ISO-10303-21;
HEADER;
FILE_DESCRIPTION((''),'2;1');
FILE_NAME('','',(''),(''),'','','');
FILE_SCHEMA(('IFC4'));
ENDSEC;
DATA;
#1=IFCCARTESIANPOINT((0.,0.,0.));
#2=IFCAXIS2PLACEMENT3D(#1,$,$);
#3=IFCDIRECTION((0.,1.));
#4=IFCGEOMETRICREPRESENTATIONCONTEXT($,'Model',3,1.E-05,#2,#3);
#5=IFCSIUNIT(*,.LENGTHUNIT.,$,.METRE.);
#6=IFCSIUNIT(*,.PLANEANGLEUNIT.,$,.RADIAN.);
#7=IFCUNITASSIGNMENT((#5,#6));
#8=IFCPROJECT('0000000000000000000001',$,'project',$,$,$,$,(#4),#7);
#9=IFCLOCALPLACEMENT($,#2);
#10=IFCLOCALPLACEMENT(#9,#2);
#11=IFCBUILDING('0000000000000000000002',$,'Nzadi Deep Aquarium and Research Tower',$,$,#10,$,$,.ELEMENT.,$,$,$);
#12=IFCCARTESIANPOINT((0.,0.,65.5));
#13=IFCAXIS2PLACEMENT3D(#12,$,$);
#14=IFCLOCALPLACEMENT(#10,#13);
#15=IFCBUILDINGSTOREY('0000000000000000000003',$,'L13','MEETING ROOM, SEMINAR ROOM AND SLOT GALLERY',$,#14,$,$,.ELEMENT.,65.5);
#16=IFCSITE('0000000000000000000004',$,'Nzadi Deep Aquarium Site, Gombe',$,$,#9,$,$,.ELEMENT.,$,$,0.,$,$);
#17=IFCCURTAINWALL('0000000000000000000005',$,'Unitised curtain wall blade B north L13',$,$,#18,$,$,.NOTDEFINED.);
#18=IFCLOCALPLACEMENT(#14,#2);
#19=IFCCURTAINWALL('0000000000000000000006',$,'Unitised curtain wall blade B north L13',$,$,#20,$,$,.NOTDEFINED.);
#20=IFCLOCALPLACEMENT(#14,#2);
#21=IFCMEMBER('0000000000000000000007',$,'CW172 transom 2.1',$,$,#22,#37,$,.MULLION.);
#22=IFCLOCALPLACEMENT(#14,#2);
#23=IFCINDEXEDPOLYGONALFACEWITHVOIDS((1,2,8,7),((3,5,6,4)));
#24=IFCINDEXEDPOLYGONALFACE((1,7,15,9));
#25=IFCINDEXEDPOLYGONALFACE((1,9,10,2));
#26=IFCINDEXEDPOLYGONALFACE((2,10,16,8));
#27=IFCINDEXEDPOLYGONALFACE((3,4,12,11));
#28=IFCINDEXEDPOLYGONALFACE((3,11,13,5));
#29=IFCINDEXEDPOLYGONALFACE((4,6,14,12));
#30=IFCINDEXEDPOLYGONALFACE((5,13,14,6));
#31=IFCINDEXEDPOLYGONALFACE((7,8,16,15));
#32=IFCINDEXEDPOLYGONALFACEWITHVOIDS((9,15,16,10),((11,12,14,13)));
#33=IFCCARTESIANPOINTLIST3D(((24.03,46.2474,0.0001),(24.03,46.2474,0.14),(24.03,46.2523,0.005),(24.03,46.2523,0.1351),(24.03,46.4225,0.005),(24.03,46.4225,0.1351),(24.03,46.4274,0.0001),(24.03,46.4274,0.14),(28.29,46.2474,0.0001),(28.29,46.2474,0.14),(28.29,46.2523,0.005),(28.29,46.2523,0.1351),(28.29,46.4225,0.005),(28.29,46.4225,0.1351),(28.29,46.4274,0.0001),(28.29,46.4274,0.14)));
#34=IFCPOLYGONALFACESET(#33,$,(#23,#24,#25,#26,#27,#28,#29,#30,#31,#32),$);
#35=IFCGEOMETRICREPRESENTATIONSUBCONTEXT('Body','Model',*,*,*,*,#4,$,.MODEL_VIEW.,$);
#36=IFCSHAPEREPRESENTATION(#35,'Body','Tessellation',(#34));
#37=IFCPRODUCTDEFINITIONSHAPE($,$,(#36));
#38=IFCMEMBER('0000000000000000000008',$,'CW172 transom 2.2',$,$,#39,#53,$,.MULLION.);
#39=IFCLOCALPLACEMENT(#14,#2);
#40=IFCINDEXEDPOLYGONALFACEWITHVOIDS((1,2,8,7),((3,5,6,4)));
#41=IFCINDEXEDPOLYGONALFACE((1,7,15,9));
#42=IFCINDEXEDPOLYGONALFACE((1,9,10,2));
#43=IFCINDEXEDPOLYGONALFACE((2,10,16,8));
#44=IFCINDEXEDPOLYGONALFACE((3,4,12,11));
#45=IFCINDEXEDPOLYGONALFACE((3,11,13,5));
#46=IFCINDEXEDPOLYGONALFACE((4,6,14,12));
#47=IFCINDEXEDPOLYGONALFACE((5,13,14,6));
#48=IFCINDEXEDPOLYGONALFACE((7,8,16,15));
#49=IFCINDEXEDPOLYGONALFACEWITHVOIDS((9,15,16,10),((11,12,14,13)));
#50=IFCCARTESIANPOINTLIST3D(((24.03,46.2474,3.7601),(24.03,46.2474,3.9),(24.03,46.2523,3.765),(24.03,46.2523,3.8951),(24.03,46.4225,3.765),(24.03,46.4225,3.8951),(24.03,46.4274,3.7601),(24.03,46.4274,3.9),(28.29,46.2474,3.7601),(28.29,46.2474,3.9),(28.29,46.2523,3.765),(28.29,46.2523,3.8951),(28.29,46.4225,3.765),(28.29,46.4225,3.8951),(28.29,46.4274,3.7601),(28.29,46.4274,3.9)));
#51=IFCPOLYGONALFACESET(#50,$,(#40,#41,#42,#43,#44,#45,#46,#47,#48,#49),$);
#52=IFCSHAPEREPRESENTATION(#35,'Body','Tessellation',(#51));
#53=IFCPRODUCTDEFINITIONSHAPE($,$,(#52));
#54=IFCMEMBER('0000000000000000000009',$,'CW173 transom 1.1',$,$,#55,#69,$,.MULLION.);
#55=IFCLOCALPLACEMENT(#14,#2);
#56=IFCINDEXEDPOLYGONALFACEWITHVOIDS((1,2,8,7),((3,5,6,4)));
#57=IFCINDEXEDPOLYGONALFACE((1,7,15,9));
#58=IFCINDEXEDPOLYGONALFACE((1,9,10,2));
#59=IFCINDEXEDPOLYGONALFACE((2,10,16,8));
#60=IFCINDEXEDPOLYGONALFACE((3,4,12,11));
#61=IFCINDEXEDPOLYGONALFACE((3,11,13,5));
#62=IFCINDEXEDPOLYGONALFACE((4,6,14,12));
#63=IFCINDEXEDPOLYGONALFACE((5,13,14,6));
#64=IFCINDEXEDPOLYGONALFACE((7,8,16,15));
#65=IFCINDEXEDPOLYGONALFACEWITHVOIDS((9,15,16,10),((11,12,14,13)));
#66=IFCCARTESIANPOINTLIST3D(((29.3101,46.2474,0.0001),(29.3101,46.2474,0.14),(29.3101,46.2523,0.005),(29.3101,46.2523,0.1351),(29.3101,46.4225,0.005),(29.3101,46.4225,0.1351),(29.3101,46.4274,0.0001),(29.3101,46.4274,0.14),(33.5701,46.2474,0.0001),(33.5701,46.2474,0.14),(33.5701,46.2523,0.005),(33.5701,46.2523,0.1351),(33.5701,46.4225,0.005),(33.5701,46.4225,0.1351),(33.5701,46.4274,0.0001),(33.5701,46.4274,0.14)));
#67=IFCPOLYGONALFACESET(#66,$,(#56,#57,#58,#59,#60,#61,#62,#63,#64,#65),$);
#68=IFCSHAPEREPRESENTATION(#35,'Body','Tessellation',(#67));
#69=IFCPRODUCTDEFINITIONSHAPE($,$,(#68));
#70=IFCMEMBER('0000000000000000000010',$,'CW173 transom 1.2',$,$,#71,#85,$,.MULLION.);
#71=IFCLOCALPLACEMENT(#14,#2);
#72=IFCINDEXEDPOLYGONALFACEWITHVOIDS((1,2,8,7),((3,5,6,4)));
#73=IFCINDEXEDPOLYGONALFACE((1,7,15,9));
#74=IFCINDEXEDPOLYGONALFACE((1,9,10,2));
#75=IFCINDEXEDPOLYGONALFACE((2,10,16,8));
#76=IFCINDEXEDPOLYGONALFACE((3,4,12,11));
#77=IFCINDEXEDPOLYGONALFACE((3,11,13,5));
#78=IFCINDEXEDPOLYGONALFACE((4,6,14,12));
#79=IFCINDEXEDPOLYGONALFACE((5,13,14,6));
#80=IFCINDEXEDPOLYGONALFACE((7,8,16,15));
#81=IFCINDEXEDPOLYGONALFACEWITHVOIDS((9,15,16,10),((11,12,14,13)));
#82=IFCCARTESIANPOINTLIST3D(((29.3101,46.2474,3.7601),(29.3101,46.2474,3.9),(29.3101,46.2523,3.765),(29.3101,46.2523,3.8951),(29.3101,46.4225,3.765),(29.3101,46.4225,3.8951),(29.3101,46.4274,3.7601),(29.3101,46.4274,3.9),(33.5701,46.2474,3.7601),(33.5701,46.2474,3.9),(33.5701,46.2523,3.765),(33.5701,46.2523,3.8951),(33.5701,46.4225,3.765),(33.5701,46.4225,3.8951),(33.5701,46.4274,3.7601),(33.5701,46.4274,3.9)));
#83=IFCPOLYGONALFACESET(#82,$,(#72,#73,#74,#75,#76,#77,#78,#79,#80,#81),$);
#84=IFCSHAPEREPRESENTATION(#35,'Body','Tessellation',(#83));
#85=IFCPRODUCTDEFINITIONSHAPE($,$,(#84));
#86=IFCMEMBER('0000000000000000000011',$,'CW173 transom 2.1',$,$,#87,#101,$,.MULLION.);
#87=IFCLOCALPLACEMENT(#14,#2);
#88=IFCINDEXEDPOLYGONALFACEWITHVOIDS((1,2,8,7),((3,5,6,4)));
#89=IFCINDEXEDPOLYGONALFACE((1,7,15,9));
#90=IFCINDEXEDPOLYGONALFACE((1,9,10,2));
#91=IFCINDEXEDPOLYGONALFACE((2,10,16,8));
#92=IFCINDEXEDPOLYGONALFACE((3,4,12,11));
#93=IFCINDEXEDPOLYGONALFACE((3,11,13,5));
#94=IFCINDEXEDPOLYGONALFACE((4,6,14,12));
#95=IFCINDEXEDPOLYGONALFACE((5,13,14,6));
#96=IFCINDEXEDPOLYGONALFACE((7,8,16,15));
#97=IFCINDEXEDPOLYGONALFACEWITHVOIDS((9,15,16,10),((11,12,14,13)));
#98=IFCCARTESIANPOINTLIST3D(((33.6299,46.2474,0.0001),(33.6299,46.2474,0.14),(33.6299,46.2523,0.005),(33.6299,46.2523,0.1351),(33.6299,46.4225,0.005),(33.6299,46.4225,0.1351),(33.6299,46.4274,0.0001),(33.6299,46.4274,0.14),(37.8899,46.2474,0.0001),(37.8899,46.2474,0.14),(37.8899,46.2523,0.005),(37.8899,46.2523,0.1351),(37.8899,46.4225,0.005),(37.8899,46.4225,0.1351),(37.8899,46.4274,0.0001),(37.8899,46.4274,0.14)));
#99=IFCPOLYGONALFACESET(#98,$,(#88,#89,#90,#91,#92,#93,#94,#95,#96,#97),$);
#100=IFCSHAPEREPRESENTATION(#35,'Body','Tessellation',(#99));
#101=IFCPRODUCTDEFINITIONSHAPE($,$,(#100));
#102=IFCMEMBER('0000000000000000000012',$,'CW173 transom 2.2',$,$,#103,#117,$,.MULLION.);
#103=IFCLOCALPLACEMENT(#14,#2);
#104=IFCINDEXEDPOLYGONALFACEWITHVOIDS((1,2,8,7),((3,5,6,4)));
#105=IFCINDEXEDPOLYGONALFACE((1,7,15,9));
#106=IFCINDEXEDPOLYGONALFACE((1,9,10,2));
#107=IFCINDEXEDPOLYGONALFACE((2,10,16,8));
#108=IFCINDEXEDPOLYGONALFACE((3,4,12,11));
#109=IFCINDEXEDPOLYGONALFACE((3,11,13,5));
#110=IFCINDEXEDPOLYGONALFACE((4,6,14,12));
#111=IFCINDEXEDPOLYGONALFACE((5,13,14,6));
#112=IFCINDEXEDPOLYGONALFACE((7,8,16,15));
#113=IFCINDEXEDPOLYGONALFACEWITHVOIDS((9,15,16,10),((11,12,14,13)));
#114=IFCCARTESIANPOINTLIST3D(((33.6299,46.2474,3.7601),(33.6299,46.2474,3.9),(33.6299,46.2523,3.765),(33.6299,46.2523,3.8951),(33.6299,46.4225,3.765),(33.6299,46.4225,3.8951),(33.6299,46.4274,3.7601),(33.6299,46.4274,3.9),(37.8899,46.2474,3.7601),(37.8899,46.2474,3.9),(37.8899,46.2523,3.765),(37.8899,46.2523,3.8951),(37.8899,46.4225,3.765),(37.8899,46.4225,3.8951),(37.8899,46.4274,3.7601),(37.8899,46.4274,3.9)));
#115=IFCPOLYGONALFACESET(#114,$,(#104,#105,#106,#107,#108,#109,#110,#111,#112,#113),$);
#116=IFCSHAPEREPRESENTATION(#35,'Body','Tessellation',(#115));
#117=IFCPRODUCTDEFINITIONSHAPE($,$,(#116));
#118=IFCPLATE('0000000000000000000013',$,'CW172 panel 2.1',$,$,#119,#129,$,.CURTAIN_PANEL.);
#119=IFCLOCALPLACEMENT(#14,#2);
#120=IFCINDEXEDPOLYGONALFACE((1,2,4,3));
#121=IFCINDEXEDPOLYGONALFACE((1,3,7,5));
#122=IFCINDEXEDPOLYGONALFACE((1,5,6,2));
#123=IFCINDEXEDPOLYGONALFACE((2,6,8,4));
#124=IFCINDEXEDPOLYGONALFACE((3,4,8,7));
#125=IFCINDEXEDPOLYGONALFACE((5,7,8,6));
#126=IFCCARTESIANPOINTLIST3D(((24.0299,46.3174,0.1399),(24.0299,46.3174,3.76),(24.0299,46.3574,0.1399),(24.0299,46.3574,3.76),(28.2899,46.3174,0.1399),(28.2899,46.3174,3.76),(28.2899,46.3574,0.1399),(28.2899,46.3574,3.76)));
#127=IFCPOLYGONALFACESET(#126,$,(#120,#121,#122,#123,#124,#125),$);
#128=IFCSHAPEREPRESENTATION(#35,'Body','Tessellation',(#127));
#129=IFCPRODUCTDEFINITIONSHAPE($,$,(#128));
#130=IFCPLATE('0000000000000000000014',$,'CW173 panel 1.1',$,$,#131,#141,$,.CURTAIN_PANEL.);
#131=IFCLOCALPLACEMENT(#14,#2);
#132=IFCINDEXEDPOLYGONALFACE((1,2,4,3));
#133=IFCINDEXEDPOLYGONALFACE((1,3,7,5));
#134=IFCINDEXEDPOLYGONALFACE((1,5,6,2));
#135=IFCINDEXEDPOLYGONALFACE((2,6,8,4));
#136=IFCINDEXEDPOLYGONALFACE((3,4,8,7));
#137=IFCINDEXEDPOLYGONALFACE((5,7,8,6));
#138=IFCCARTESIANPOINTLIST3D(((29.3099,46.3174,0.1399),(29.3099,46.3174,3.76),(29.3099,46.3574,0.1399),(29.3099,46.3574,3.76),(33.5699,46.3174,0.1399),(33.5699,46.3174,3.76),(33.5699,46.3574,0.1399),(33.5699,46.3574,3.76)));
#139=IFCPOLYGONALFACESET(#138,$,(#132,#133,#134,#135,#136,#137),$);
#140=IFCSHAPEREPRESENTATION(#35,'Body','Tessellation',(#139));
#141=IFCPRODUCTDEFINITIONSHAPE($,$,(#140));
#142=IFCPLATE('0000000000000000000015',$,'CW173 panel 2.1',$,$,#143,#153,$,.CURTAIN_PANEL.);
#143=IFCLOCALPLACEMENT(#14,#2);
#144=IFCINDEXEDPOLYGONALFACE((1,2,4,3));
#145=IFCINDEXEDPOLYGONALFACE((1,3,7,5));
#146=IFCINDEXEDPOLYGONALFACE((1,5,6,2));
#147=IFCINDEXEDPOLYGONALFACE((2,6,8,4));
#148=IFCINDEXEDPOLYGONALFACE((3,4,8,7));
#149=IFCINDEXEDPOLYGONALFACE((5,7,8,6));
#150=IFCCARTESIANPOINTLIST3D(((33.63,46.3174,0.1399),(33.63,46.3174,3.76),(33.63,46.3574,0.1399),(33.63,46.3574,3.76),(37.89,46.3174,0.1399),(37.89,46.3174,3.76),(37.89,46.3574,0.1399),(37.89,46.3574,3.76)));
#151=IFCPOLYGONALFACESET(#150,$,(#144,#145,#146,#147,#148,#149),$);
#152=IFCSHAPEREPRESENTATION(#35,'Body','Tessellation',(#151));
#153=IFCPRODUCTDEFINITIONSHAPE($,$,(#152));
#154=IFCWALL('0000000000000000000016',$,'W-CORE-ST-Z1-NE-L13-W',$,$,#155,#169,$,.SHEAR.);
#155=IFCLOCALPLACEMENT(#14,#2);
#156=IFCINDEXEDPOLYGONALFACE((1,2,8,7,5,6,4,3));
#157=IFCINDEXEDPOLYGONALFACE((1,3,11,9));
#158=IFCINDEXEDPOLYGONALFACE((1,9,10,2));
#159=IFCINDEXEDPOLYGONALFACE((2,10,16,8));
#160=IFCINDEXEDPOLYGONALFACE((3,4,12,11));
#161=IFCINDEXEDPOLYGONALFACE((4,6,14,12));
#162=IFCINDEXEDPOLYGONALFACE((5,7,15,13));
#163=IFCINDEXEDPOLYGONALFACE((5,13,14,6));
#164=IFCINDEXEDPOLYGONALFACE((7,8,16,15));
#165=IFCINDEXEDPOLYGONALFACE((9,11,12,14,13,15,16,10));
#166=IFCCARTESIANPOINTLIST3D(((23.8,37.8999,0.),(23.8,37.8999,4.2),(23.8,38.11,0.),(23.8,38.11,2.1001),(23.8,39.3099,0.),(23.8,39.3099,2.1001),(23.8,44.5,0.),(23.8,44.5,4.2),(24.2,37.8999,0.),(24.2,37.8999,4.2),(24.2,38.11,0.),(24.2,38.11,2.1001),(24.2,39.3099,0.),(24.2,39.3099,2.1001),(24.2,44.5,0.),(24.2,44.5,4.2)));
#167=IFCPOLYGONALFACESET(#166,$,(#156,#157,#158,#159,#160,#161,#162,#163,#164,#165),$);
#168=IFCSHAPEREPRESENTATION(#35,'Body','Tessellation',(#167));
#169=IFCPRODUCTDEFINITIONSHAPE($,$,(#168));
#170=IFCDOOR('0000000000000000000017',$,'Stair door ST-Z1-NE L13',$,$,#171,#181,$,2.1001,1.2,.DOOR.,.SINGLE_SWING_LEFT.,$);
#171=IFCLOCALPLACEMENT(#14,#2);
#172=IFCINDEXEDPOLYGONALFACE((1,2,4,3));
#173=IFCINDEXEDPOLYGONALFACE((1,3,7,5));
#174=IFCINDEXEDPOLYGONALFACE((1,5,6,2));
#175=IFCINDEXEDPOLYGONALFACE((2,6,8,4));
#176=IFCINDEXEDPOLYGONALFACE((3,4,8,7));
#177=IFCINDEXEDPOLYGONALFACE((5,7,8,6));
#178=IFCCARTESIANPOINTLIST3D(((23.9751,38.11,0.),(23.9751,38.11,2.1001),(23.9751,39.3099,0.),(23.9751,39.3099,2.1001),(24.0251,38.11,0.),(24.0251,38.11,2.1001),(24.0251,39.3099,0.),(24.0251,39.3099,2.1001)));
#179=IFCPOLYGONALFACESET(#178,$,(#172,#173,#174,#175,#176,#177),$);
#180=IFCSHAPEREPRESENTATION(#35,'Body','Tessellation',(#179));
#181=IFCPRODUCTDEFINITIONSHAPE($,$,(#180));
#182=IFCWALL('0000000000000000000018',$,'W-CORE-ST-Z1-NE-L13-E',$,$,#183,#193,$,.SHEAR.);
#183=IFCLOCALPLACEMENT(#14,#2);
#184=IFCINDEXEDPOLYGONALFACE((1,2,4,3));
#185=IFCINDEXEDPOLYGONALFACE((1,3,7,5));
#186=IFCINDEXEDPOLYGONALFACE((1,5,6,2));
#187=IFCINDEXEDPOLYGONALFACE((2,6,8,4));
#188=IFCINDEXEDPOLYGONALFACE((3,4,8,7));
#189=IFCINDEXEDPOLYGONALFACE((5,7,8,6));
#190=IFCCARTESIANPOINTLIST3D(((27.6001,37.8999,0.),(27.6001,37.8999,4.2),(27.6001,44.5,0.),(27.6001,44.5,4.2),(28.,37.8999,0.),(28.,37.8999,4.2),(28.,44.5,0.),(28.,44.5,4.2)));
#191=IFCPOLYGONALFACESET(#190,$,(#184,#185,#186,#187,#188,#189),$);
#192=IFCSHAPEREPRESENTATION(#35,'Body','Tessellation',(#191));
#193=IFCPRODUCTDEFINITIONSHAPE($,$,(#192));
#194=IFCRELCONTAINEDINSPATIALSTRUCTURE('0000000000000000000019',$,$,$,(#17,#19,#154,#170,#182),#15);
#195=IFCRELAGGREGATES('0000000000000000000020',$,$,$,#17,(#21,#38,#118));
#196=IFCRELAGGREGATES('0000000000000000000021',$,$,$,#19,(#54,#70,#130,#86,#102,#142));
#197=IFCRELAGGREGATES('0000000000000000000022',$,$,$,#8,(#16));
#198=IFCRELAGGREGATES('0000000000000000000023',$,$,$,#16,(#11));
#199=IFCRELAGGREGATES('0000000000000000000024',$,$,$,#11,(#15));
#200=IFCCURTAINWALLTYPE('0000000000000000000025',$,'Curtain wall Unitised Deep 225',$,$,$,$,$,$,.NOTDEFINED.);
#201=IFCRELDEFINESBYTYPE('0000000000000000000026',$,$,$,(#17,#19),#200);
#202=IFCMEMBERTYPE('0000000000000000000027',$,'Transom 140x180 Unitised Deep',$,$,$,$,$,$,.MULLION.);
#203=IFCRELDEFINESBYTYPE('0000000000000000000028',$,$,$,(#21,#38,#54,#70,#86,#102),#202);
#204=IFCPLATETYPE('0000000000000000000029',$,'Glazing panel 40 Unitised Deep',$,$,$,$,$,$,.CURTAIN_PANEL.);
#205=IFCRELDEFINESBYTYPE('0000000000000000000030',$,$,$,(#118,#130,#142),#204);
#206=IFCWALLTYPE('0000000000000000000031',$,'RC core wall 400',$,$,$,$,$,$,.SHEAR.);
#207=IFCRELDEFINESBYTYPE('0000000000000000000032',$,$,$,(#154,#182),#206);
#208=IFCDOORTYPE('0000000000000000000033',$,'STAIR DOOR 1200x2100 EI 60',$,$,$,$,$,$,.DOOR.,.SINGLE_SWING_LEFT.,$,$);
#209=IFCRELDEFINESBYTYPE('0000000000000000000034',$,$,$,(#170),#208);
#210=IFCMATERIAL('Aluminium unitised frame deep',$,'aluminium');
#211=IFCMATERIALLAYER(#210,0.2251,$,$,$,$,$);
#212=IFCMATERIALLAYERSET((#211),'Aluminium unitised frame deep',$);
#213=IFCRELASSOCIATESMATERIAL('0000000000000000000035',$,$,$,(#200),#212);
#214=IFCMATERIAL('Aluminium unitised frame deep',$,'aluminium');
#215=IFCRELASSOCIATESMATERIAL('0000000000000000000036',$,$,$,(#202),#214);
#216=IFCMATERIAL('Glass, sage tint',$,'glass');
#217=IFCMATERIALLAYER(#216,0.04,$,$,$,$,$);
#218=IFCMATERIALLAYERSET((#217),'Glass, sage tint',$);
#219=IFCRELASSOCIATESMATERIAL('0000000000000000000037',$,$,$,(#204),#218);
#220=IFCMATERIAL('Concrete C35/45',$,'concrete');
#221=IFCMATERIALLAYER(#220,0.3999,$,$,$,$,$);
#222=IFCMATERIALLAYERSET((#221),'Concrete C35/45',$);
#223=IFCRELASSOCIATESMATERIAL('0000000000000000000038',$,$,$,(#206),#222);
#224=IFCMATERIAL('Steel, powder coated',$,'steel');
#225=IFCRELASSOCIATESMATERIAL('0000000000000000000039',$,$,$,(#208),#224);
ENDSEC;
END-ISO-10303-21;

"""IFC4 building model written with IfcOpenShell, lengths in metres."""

from ifc_helpers import new_model, si_unit, direction, frame, frame_2d, origin, origin_2d, place, context, subcontext, project, spatial, rectangle, hollow_rectangle, extrude, material, layer, layer_set, material_profile, profile_set, type_object, element, fill, aggregate, save


model = new_model("IFC4")

# Units and contexts
model_context = context("Model", 3, precision=1e-05, world=origin(), true_north=direction((0.0, 1.0)))
body_context = subcontext(model_context, "Body", "Model", "MODEL_VIEW")
ifc_project = project(units=[si_unit("LENGTHUNIT", "METRE"), si_unit("PLANEANGLEUNIT", "RADIAN")], contexts=[model_context])

# Site, building, storey
site_placement = place(None, origin())
site = spatial("IfcSite", under=ifc_project, at=site_placement, Name="Nzadi Deep Aquarium Site, Gombe", CompositionType="ELEMENT", RefElevation=0.0)
building_placement = place(site_placement, origin())
building = spatial("IfcBuilding", under=site, at=building_placement, Name="Nzadi Deep Aquarium and Research Tower", CompositionType="ELEMENT")
storey_placement = place(building_placement, frame((0.0, 0.0, 65.5)))
storey = spatial("IfcBuildingStorey", under=building, at=storey_placement, Name="L13", Description="MEETING ROOM, SEMINAR ROOM AND SLOT GALLERY", CompositionType="ELEMENT", Elevation=65.5)

# Curtain walls
ifc_material_1 = material(Name="Aluminium unitised frame deep", Category="aluminium")
ifc_layer_1 = layer(ifc_material_1, 0.2251)
ifc_layer_set_1 = layer_set([ifc_layer_1], Name="Aluminium unitised frame deep")
curtain_wall_type = type_object("IfcCurtainWallType", Name="Curtain wall Unitised Deep 225", PredefinedType="NOTDEFINED", material=ifc_layer_set_1)
curtain_wall_1_placement = place(storey_placement, origin())
curtain_wall_1 = element("IfcCurtainWall", 1, at=curtain_wall_1_placement, inside=storey, type_object=curtain_wall_type, Name="Unitised curtain wall blade B north L13", PredefinedType="NOTDEFINED")
curtain_wall_2_placement = place(storey_placement, origin())
curtain_wall_2 = element("IfcCurtainWall", 2, at=curtain_wall_2_placement, inside=storey, type_object=curtain_wall_type, Name="Unitised curtain wall blade B north L13", PredefinedType="NOTDEFINED")

# Members
ifc_material_2 = material(Name="Aluminium unitised frame deep", Category="aluminium")
ifc_material_profile_1 = material_profile(ifc_material_2, hollow_rectangle(XDim=0.1799, YDim=0.1399, WallThickness=0.0049, at=origin_2d()))
ifc_profile_set_1 = profile_set([ifc_material_profile_1], Name="Aluminium unitised frame deep")
member_type_1 = type_object("IfcMemberType", Name="Transom 140x180 Unitised Deep", PredefinedType="MULLION", material=ifc_profile_set_1)
member_1_placement = place(storey_placement, frame((24.03, 46.3374, 0.0701), z_axis=(1.0, 0.0, 0.0), x_axis=(0.0, 1.0, 0.0)))
member_1 = element("IfcMember", 3, at=member_1_placement, type_object=member_type_1, Name="CW172 transom 2.1", PredefinedType="MULLION", context=body_context, shape_type="SweptSolid", body=[
    extrude(hollow_rectangle(XDim=0.1799, YDim=0.1399, WallThickness=0.0049, at=origin_2d()), origin(), (0.0, 0.0, 1.0), 4.26),
])
member_2_placement = place(storey_placement, frame((24.03, 46.3374, 3.8301), z_axis=(1.0, 0.0, 0.0), x_axis=(0.0, 1.0, 0.0)))
member_2 = element("IfcMember", 4, at=member_2_placement, type_object=member_type_1, Name="CW172 transom 2.2", PredefinedType="MULLION", context=body_context, shape_type="SweptSolid", body=[
    extrude(hollow_rectangle(XDim=0.1799, YDim=0.1399, WallThickness=0.0049, at=origin_2d()), origin(), (0.0, 0.0, 1.0), 4.26),
])
member_3_placement = place(storey_placement, frame((29.3101, 46.3374, 0.0701), z_axis=(1.0, 0.0, 0.0), x_axis=(0.0, 1.0, 0.0)))
member_3 = element("IfcMember", 5, at=member_3_placement, type_object=member_type_1, Name="CW173 transom 1.1", PredefinedType="MULLION", context=body_context, shape_type="SweptSolid", body=[
    extrude(hollow_rectangle(XDim=0.1799, YDim=0.1399, WallThickness=0.0049, at=origin_2d()), origin(), (0.0, 0.0, 1.0), 4.26),
])
member_4_placement = place(storey_placement, frame((29.3101, 46.3374, 3.8301), z_axis=(1.0, 0.0, 0.0), x_axis=(0.0, 1.0, 0.0)))
member_4 = element("IfcMember", 6, at=member_4_placement, type_object=member_type_1, Name="CW173 transom 1.2", PredefinedType="MULLION", context=body_context, shape_type="SweptSolid", body=[
    extrude(hollow_rectangle(XDim=0.1799, YDim=0.1399, WallThickness=0.0049, at=origin_2d()), origin(), (0.0, 0.0, 1.0), 4.26),
])
member_5_placement = place(storey_placement, frame((33.6299, 46.3374, 0.0701), z_axis=(1.0, 0.0, 0.0), x_axis=(0.0, 1.0, 0.0)))
member_5 = element("IfcMember", 7, at=member_5_placement, type_object=member_type_1, Name="CW173 transom 2.1", PredefinedType="MULLION", context=body_context, shape_type="SweptSolid", body=[
    extrude(hollow_rectangle(XDim=0.1799, YDim=0.1399, WallThickness=0.0049, at=origin_2d()), origin(), (0.0, 0.0, 1.0), 4.26),
])
member_6_placement = place(storey_placement, frame((33.6299, 46.3374, 3.8301), z_axis=(1.0, 0.0, 0.0), x_axis=(0.0, 1.0, 0.0)))
member_6 = element("IfcMember", 8, at=member_6_placement, type_object=member_type_1, Name="CW173 transom 2.2", PredefinedType="MULLION", context=body_context, shape_type="SweptSolid", body=[
    extrude(hollow_rectangle(XDim=0.1799, YDim=0.1399, WallThickness=0.0049, at=origin_2d()), origin(), (0.0, 0.0, 1.0), 4.26),
])

# Plates
ifc_material_3 = material(Name="Glass, sage tint", Category="glass")
ifc_layer_2 = layer(ifc_material_3, 0.04)
ifc_layer_set_2 = layer_set([ifc_layer_2], Name="Glass, sage tint")
plate_type = type_object("IfcPlateType", Name="Glazing panel 40 Unitised Deep", PredefinedType="CURTAIN_PANEL", material=ifc_layer_set_2)
plate_1_placement = place(storey_placement, frame((26.1599, 46.3374, 0.1399), z_axis=(0.0, 0.0, 1.0), x_axis=(1.0, 0.0, 0.0)))
plate_1 = element("IfcPlate", 9, at=plate_1_placement, type_object=plate_type, Name="CW172 panel 2.1", PredefinedType="CURTAIN_PANEL", context=body_context, shape_type="SweptSolid", body=[
    extrude(rectangle(XDim=4.26, YDim=0.04, at=origin_2d()), origin(), (0.0, 0.0, 1.0), 3.6201),
])
aggregate(curtain_wall_1, [member_1, member_2, plate_1])
plate_2_placement = place(storey_placement, frame((31.4399, 46.3374, 0.1399), z_axis=(0.0, 0.0, 1.0), x_axis=(1.0, 0.0, 0.0)))
plate_2 = element("IfcPlate", 10, at=plate_2_placement, type_object=plate_type, Name="CW173 panel 1.1", PredefinedType="CURTAIN_PANEL", context=body_context, shape_type="SweptSolid", body=[
    extrude(rectangle(XDim=4.26, YDim=0.04, at=origin_2d()), origin(), (0.0, 0.0, 1.0), 3.6201),
])
plate_3_placement = place(storey_placement, frame((35.76, 46.3374, 0.1399), z_axis=(0.0, 0.0, 1.0), x_axis=(1.0, 0.0, 0.0)))
plate_3 = element("IfcPlate", 11, at=plate_3_placement, type_object=plate_type, Name="CW173 panel 2.1", PredefinedType="CURTAIN_PANEL", context=body_context, shape_type="SweptSolid", body=[
    extrude(rectangle(XDim=4.26, YDim=0.04, at=origin_2d()), origin(), (0.0, 0.0, 1.0), 3.6201),
])
aggregate(curtain_wall_2, [member_3, member_4, plate_2, member_5, member_6, plate_3])

# Wall, opening, door
ifc_material_4 = material(Name="Concrete C35/45", Category="concrete")
ifc_layer_3 = layer(ifc_material_4, 0.3999)
ifc_layer_set_3 = layer_set([ifc_layer_3], Name="Concrete C35/45")
wall_type = type_object("IfcWallType", Name="RC core wall 400", PredefinedType="SHEAR", material=ifc_layer_set_3)
wall_1_placement = place(storey_placement, frame((24.0, 37.8999, 0.0), z_axis=(0.0, 0.0, 1.0), x_axis=(0.0, 1.0, 0.0)))
wall_1 = element("IfcWall", 12, at=wall_1_placement, inside=storey, type_object=wall_type, Name="W-CORE-ST-Z1-NE-L13-W", PredefinedType="SHEAR", context=body_context, shape_type="SweptSolid", body=[
    extrude(rectangle(XDim=6.6001, YDim=0.3999, at=frame_2d((3.3, 0.0))), origin(), (0.0, 0.0, 1.0), 4.2),
])
opening_placement = place(wall_1_placement, frame((0.21, 0.0, 0.0)))
opening = element("IfcOpeningElement", 13, at=opening_placement, cuts=wall_1, PredefinedType="OPENING", context=body_context, shape_type="SweptSolid", body=[
    extrude(rectangle(XDim=1.2, YDim=2.1001, at=frame_2d((0.6001, 1.05))), frame((0.0, 0.21, 0.0), z_axis=(0.0, -1.0, 0.0), x_axis=(1.0, 0.0, 0.0)), (0.0, 0.0, 1.0), 0.4199),
])
ifc_material_5 = material(Name="Steel, powder coated", Category="steel")
door_type = type_object("IfcDoorType", Name="STAIR DOOR 1200x2100 EI 60", OperationType="SINGLE_SWING_LEFT", PredefinedType="DOOR", material=ifc_material_5)
door_placement = place(opening_placement, origin())
door = element("IfcDoor", 14, at=door_placement, inside=storey, type_object=door_type, Name="Stair door ST-Z1-NE L13", OperationType="SINGLE_SWING_LEFT", OverallHeight=2.1001, OverallWidth=1.2, PredefinedType="DOOR", context=body_context, shape_type="SweptSolid", body=[
    extrude(rectangle(XDim=1.2, YDim=2.1001, at=frame_2d((0.6001, 1.05))), frame((0.0, 0.0249, 0.0), z_axis=(0.0, -1.0, 0.0), x_axis=(1.0, 0.0, 0.0)), (0.0, 0.0, 1.0), 0.05),
])
fill(opening, door)

# Wall
wall_2_placement = place(storey_placement, frame((27.8, 37.8999, 0.0), z_axis=(0.0, 0.0, 1.0), x_axis=(0.0, 1.0, 0.0)))
element("IfcWall", 15, at=wall_2_placement, inside=storey, type_object=wall_type, Name="W-CORE-ST-Z1-NE-L13-E", PredefinedType="SHEAR", context=body_context, shape_type="SweptSolid", body=[
    extrude(rectangle(XDim=6.6001, YDim=0.3999, at=frame_2d((3.3, 0.0))), origin(), (0.0, 0.0, 1.0), 4.2),
])

save(model, "model.ifc")
